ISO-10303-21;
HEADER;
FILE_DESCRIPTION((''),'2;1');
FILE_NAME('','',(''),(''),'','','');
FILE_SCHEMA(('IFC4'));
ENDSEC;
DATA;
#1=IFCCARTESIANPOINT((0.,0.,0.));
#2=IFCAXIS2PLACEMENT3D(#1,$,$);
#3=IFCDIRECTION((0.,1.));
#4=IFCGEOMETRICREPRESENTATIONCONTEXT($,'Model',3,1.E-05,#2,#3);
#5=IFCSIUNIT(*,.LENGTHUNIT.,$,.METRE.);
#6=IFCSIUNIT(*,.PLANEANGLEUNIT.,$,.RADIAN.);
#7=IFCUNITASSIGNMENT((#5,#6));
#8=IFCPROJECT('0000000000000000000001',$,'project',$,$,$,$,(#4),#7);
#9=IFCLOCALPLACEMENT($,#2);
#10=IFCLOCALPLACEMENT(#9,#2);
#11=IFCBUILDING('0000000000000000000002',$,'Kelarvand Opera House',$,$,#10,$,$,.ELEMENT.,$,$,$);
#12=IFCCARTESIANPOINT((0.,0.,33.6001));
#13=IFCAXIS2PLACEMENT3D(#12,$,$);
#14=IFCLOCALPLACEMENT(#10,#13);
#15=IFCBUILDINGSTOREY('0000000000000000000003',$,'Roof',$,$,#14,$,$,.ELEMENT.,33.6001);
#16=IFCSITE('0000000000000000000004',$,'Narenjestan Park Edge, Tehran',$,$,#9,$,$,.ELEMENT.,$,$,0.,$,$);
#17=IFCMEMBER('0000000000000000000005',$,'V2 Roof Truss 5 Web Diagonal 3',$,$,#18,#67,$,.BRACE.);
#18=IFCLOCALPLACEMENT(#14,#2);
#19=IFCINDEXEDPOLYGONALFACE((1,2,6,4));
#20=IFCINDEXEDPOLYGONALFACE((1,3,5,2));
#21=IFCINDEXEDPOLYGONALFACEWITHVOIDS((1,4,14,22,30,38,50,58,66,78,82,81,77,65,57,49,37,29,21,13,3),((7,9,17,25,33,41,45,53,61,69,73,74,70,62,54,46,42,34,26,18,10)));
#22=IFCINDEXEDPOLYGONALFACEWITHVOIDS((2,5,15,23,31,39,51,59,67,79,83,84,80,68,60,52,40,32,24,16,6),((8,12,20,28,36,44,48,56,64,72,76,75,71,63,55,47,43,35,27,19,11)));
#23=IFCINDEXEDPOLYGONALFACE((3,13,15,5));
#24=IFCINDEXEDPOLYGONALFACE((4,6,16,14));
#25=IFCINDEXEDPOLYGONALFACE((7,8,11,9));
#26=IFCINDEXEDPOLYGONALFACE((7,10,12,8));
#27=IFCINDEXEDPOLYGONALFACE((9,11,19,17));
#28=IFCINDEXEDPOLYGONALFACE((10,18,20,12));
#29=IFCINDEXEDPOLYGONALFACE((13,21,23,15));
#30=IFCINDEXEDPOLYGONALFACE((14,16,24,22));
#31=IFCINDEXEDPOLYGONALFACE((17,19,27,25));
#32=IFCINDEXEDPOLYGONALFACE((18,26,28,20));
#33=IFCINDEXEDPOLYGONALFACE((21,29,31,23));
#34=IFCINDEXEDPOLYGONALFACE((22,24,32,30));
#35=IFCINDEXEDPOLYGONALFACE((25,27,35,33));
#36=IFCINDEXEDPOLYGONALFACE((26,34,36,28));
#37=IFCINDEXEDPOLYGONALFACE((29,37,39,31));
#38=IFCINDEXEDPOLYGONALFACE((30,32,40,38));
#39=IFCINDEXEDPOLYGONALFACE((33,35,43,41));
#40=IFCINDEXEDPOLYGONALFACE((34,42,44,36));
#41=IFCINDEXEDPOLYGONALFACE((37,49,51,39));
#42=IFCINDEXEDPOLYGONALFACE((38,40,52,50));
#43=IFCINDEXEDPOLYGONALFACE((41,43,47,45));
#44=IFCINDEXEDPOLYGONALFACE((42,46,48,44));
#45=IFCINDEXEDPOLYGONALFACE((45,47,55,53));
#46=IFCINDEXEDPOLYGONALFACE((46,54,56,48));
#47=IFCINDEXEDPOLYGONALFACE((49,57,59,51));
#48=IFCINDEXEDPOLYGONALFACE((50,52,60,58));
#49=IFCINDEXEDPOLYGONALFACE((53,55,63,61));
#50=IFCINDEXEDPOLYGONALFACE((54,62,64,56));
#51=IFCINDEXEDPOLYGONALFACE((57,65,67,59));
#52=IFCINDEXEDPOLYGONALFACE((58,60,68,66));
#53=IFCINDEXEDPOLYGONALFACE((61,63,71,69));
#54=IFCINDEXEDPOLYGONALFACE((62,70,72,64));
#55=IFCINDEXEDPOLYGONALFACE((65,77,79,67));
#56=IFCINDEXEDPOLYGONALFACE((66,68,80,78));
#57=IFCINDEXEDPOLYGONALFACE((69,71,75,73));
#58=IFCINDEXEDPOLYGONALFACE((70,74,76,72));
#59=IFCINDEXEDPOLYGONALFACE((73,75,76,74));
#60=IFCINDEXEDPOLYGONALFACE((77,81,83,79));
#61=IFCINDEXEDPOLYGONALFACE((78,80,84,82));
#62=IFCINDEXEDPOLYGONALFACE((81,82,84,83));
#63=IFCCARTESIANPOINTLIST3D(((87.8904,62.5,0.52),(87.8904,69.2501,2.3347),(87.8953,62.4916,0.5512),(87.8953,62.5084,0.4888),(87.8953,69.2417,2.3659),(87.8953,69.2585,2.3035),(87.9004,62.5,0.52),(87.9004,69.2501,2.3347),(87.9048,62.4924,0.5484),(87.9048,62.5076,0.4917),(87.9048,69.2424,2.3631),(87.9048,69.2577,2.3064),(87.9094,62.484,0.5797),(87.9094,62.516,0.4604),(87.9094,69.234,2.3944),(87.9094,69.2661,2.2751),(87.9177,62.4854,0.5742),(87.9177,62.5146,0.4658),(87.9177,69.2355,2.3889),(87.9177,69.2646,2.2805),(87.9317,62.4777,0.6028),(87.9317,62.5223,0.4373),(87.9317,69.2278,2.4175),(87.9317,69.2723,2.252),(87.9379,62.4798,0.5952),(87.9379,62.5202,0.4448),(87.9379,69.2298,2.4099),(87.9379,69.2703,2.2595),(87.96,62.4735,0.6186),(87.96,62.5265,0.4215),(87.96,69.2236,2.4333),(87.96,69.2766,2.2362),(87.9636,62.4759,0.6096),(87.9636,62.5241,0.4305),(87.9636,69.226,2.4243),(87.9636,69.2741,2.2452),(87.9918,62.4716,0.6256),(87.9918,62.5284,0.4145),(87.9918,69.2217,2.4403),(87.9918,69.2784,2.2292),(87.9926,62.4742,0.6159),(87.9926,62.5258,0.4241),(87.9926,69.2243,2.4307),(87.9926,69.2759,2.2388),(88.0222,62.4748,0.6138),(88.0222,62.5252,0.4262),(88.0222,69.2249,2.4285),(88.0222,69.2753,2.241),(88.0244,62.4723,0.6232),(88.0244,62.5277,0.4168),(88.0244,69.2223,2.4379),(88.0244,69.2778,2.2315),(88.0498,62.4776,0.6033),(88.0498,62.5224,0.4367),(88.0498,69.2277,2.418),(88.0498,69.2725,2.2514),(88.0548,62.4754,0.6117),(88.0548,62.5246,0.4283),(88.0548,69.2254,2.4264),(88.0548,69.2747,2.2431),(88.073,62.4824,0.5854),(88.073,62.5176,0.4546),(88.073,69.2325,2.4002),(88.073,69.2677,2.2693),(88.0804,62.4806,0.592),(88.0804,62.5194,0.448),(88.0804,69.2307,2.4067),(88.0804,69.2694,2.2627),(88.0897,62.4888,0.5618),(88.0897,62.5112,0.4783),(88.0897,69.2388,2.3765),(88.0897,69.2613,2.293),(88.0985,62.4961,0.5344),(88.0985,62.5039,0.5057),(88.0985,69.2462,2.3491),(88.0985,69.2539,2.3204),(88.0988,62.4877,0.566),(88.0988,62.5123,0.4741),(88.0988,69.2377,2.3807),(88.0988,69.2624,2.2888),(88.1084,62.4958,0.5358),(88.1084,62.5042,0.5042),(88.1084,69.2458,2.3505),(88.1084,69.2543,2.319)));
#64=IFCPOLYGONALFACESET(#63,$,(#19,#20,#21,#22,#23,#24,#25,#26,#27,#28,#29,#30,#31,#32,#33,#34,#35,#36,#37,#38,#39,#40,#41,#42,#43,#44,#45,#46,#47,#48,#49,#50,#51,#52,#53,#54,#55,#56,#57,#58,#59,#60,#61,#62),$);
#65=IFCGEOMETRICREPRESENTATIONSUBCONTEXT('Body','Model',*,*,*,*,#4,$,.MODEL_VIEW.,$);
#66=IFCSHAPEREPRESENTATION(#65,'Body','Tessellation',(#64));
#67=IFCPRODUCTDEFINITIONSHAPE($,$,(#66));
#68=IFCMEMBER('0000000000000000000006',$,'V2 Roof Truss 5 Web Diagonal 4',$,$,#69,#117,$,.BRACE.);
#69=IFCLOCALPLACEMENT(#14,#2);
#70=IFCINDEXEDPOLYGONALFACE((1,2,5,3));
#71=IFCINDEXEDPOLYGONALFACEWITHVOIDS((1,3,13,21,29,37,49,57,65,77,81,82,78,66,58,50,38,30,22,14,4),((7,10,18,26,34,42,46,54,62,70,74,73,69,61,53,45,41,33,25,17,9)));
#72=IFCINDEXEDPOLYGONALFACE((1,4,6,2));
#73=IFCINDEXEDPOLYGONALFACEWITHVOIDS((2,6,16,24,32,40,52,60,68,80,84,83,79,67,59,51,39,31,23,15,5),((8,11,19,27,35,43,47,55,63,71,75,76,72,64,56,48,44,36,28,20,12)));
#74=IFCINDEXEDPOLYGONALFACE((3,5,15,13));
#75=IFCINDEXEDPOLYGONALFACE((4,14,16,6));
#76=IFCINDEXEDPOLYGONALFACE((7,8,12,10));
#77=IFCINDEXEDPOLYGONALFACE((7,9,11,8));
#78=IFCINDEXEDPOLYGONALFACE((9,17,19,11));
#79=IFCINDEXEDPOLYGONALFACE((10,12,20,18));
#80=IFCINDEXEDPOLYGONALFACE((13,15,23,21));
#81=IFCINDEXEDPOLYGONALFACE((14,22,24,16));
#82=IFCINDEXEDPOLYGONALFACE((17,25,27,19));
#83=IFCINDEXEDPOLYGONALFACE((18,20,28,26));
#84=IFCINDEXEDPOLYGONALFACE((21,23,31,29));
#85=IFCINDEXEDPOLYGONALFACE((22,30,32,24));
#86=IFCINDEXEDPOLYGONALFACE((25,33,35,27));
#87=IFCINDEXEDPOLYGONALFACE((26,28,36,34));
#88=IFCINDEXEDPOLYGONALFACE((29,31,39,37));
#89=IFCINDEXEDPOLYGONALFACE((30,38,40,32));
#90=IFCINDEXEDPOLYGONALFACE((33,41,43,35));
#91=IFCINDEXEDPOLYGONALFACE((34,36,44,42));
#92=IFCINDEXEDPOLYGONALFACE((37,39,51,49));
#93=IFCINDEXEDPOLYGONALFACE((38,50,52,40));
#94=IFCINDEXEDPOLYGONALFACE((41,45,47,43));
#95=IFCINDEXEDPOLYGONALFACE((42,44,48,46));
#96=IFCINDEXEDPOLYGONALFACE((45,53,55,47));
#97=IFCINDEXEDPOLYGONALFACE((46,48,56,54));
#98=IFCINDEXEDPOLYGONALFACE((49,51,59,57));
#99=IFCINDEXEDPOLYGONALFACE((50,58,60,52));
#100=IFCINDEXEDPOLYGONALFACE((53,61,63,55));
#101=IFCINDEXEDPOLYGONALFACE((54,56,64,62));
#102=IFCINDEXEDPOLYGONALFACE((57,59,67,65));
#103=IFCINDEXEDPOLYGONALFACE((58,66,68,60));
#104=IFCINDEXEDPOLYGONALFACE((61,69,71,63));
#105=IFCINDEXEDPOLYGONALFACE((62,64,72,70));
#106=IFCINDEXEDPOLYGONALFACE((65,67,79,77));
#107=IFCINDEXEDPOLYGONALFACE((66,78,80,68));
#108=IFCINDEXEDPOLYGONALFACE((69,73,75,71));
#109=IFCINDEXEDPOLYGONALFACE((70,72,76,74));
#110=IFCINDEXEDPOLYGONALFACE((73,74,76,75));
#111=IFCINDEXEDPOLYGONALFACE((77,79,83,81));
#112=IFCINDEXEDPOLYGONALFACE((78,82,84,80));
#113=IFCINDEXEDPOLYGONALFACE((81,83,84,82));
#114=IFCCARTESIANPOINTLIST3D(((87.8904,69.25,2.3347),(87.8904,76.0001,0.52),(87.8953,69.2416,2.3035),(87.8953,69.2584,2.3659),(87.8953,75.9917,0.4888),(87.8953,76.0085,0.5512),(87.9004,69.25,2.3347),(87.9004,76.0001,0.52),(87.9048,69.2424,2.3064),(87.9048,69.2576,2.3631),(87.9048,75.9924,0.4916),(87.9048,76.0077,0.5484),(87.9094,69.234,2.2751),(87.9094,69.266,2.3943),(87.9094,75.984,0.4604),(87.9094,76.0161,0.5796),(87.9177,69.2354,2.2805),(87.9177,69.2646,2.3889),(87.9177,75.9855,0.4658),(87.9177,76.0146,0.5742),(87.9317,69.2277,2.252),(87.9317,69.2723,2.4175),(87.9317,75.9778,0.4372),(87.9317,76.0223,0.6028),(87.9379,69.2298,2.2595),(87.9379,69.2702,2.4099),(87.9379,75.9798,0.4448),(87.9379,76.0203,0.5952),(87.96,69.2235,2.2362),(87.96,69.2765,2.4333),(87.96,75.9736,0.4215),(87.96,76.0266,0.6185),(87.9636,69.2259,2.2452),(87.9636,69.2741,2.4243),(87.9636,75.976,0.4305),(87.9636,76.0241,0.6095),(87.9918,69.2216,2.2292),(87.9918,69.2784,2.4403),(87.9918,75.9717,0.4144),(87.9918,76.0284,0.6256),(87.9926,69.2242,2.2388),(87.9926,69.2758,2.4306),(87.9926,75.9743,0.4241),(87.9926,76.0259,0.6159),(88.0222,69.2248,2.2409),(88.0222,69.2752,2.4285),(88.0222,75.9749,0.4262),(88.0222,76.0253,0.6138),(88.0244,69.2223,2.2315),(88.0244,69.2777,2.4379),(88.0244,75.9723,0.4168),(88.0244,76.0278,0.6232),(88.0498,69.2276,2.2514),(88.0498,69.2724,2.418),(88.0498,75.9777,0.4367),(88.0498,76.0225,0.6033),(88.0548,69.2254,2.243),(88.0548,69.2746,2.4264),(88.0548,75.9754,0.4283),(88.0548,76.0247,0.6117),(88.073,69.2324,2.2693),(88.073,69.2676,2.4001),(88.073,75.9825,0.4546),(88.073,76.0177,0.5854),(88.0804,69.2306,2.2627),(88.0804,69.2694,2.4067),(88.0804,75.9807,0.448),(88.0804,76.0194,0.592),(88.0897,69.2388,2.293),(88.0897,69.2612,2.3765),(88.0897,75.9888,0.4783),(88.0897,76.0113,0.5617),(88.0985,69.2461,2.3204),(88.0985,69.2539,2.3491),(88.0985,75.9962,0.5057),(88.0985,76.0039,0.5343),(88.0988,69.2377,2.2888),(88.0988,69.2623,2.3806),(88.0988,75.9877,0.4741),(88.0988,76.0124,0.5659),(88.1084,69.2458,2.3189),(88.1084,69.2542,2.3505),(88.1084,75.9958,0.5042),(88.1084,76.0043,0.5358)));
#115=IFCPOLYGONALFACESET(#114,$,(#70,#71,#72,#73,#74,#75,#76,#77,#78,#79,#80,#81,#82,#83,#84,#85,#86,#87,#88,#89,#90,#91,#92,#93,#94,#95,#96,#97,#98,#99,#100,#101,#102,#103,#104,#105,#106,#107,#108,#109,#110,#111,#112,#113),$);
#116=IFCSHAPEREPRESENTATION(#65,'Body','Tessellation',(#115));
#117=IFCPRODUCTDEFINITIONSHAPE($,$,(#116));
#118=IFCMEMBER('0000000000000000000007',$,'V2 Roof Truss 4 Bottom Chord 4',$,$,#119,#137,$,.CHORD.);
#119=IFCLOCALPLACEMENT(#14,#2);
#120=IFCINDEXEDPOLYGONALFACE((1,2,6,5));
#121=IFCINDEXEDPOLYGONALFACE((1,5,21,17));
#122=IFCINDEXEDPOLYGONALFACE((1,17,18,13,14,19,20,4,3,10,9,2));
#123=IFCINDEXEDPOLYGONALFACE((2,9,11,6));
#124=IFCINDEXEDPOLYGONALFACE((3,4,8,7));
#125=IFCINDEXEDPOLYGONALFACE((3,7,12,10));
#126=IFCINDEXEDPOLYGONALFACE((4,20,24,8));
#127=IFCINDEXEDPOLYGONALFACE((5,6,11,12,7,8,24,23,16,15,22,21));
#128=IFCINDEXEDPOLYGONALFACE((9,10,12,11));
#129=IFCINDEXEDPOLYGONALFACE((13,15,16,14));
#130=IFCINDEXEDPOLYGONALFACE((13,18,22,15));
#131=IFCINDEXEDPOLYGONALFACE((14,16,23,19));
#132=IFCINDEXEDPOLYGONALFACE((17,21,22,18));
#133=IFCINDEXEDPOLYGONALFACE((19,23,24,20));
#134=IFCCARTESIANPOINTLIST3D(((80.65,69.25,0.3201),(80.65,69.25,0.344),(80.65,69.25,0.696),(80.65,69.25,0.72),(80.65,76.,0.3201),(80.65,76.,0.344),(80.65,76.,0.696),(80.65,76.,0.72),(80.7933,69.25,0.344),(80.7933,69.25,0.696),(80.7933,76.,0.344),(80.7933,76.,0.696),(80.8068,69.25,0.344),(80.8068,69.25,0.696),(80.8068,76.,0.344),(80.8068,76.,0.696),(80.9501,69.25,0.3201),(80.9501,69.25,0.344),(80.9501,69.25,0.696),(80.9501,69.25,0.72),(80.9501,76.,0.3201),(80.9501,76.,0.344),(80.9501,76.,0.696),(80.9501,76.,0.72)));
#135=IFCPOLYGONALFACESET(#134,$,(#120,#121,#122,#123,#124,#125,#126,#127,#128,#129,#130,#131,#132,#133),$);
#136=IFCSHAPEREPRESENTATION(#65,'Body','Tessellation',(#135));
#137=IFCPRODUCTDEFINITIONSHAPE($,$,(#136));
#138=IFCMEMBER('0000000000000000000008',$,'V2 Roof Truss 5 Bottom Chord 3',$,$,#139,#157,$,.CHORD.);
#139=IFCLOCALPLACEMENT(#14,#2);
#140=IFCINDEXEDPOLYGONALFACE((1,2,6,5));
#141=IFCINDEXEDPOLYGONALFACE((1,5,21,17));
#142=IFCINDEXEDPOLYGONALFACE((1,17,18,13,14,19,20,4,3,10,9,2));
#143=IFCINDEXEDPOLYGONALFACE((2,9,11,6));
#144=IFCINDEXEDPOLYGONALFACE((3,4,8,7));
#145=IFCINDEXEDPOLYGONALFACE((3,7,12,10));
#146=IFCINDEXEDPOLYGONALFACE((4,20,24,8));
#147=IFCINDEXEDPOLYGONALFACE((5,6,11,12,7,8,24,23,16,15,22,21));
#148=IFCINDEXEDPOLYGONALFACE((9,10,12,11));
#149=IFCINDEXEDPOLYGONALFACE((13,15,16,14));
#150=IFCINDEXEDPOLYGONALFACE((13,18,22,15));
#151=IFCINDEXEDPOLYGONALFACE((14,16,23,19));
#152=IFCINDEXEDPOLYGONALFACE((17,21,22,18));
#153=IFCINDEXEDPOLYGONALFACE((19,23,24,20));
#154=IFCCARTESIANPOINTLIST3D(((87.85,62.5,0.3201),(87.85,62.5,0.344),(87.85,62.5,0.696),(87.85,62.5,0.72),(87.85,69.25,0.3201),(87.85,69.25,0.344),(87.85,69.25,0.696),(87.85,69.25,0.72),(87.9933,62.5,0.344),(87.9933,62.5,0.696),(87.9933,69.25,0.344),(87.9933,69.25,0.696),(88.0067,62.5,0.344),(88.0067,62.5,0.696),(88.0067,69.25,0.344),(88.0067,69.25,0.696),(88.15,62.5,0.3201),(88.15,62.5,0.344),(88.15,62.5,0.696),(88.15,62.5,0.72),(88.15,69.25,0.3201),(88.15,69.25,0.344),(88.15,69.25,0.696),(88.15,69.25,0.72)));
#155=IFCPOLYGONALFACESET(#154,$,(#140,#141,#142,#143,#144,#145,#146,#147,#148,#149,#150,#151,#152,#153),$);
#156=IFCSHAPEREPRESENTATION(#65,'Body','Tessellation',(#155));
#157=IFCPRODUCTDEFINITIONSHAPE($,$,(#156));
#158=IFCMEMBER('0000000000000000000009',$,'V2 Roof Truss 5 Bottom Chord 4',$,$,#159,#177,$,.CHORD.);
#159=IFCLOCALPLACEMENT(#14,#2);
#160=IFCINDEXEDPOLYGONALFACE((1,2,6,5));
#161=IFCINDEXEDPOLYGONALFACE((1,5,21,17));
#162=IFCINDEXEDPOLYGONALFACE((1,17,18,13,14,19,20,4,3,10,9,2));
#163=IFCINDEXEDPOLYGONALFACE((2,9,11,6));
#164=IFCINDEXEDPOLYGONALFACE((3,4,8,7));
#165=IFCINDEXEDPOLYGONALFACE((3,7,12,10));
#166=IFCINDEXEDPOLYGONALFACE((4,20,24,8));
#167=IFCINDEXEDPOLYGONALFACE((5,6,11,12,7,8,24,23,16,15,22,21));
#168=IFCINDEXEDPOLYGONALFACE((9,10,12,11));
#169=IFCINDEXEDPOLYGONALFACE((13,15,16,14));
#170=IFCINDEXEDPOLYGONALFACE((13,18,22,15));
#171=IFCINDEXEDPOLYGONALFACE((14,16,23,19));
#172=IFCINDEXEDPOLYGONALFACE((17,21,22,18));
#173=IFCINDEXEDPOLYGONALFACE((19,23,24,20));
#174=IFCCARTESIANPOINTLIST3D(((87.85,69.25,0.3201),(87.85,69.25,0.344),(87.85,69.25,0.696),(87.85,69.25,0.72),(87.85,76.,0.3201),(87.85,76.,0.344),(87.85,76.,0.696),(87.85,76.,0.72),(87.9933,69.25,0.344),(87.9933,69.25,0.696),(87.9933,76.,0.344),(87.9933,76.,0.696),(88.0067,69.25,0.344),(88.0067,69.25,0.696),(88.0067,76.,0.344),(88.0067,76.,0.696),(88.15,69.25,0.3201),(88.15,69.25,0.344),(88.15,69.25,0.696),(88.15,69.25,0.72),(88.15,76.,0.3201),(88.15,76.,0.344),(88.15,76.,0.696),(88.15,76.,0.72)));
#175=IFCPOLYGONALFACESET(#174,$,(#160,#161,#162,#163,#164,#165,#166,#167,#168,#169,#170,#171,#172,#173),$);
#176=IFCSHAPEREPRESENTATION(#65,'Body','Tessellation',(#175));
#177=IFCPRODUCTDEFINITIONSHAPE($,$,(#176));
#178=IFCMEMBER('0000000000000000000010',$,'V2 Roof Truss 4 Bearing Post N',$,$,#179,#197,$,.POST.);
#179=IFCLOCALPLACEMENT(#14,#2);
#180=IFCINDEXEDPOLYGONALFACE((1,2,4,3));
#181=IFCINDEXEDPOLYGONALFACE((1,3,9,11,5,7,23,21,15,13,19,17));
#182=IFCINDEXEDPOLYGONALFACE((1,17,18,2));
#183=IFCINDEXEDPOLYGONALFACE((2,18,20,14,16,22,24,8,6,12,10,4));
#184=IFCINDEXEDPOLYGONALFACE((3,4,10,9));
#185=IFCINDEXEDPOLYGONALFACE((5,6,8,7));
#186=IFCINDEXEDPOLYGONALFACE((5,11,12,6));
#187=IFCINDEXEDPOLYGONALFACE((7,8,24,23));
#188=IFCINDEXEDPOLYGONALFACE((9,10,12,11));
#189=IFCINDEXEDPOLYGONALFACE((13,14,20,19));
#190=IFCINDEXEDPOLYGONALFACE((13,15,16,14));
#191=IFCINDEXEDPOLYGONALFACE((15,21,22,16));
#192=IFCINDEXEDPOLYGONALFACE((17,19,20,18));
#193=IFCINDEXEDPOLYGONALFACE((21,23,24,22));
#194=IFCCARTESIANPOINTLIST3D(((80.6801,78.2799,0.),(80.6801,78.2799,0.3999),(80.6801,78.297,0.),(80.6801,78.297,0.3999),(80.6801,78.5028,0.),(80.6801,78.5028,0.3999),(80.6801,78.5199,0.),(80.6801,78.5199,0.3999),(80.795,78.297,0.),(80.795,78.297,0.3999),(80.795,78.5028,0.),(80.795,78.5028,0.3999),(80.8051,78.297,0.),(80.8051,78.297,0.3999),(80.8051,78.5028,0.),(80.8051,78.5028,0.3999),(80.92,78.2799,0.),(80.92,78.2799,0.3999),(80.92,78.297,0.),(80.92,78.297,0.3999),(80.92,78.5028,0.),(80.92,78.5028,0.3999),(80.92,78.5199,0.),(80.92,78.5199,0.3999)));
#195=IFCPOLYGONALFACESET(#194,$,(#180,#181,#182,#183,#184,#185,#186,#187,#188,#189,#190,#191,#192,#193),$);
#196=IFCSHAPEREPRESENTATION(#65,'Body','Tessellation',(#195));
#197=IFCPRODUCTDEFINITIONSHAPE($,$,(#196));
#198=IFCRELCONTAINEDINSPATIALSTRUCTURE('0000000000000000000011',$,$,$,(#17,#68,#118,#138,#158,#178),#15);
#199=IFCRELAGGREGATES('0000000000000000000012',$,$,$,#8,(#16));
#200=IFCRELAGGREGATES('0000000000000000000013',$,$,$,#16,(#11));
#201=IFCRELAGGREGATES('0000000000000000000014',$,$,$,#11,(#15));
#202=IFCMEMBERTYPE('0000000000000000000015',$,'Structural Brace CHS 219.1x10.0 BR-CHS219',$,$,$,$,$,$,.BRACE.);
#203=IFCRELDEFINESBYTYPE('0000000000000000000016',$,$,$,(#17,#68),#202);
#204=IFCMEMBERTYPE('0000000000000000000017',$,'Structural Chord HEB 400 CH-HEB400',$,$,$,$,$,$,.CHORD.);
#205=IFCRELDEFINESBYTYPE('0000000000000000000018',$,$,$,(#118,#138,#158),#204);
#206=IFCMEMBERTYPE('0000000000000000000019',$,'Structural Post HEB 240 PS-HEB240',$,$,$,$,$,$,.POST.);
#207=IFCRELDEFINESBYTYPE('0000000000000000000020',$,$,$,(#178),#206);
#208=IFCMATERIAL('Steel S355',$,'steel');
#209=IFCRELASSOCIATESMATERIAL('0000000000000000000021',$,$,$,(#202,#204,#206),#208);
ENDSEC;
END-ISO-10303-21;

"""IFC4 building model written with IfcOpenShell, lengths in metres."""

from ifc_helpers import new_model, si_unit, direction, frame, origin, origin_2d, place, context, subcontext, project, spatial, hollow_circle, i_section, extrude, material, material_profile, profile_set, type_object, element, save


model = new_model("IFC4")

# Units and contexts
model_context = context("Model", 3, precision=1e-05, world=origin(), true_north=direction((0.0, 1.0)))
body_context = subcontext(model_context, "Body", "Model", "MODEL_VIEW")
ifc_project = project(units=[si_unit("LENGTHUNIT", "METRE"), si_unit("PLANEANGLEUNIT", "RADIAN")], contexts=[model_context])

# Site, building, storey
site_placement = place(None, origin())
site = spatial("IfcSite", under=ifc_project, at=site_placement, Name="Narenjestan Park Edge, Tehran", CompositionType="ELEMENT", RefElevation=0.0)
building_placement = place(site_placement, origin())
building = spatial("IfcBuilding", under=site, at=building_placement, Name="Kelarvand Opera House", CompositionType="ELEMENT")
storey_placement = place(building_placement, frame((0.0, 0.0, 33.6001)))
storey = spatial("IfcBuildingStorey", under=building, at=storey_placement, Name="Roof", CompositionType="ELEMENT", Elevation=33.6001)

# Members
ifc_material = material(Name="Steel S355", Category="steel")
ifc_material_profile_1 = material_profile(ifc_material, hollow_circle(Radius=0.1096, WallThickness=0.01, at=origin_2d()), Name="CHS 219.1x10.0", Category="steel")
ifc_profile_set_1 = profile_set([ifc_material_profile_1], Name="Steel S355")
member_type_1 = type_object("IfcMemberType", Name="Structural Brace CHS 219.1x10.0 BR-CHS219", PredefinedType="BRACE", material=ifc_profile_set_1)
for number, where, z_axis, x_axis, name in (
    (1, (88.0, 62.5, 0.52), (0.0, 0.965709, 0.259625), (-1.0, 0.0, 0.0), "V2 Roof Truss 5 Web Diagonal 3"),
    (2, (88.0, 69.25, 2.3347), (0.0, 0.965709, -0.259625), (-1.0, 0.0, 0.0), "V2 Roof Truss 5 Web Diagonal 4"),
):
    element("IfcMember", number, at=place(storey_placement, frame(where, z_axis=z_axis, x_axis=x_axis)), inside=storey, type_object=member_type_1, Name=name, PredefinedType="BRACE", context=body_context, shape_type="SweptSolid", body=[
        extrude(hollow_circle(Radius=0.1096, WallThickness=0.01, at=origin_2d()), origin(), (0.0, 0.0, 1.0), 6.9897),
    ])
ifc_material_profile_2 = material_profile(ifc_material, i_section(OverallWidth=0.3, OverallDepth=0.3999, WebThickness=0.0134, FlangeThickness=0.0239, at=origin_2d()), Name="HEB 400", Category="steel")
ifc_profile_set_2 = profile_set([ifc_material_profile_2], Name="Steel S355")
member_type_2 = type_object("IfcMemberType", Name="Structural Chord HEB 400 CH-HEB400", PredefinedType="CHORD", material=ifc_profile_set_2)
for number, where, z_axis, x_axis, name in (
    (3, (80.8, 69.25, 0.52), (0.0, 1.0, 0.0), (-1.0, 0.0, 0.0), "V2 Roof Truss 4 Bottom Chord 4"),
    (4, (88.0, 62.5, 0.52), (0.0, 1.0, 0.0), (-1.0, 0.0, 0.0), "V2 Roof Truss 5 Bottom Chord 3"),
    (5, (88.0, 69.25, 0.52), (0.0, 1.0, 0.0), (-1.0, 0.0, 0.0), "V2 Roof Truss 5 Bottom Chord 4"),
):
    element("IfcMember", number, at=place(storey_placement, frame(where, z_axis=z_axis, x_axis=x_axis)), inside=storey, type_object=member_type_2, Name=name, PredefinedType="CHORD", context=body_context, shape_type="SweptSolid", body=[
        extrude(i_section(OverallWidth=0.3, OverallDepth=0.3999, WebThickness=0.0134, FlangeThickness=0.0239, at=origin_2d()), origin(), (0.0, 0.0, 1.0), 6.75),
    ])
ifc_material_profile_3 = material_profile(ifc_material, i_section(OverallWidth=0.24, OverallDepth=0.24, WebThickness=0.01, FlangeThickness=0.0171, at=origin_2d()), Name="HEB 240", Category="steel")
ifc_profile_set_3 = profile_set([ifc_material_profile_3], Name="Steel S355")
member_type_3 = type_object("IfcMemberType", Name="Structural Post HEB 240 PS-HEB240", PredefinedType="POST", material=ifc_profile_set_3)
member_1_placement = place(storey_placement, frame((80.8, 78.3999, 0.0), z_axis=(0.0, 0.0, 1.0), x_axis=(1.0, 0.0, 0.0)))
element("IfcMember", 6, at=member_1_placement, inside=storey, type_object=member_type_3, Name="V2 Roof Truss 4 Bearing Post N", PredefinedType="POST", context=body_context, shape_type="SweptSolid", body=[
    extrude(i_section(OverallWidth=0.24, OverallDepth=0.24, WebThickness=0.01, FlangeThickness=0.0171, at=origin_2d()), origin(), (0.0, 0.0, 1.0), 0.3999),
])

save(model, "model.ifc")
